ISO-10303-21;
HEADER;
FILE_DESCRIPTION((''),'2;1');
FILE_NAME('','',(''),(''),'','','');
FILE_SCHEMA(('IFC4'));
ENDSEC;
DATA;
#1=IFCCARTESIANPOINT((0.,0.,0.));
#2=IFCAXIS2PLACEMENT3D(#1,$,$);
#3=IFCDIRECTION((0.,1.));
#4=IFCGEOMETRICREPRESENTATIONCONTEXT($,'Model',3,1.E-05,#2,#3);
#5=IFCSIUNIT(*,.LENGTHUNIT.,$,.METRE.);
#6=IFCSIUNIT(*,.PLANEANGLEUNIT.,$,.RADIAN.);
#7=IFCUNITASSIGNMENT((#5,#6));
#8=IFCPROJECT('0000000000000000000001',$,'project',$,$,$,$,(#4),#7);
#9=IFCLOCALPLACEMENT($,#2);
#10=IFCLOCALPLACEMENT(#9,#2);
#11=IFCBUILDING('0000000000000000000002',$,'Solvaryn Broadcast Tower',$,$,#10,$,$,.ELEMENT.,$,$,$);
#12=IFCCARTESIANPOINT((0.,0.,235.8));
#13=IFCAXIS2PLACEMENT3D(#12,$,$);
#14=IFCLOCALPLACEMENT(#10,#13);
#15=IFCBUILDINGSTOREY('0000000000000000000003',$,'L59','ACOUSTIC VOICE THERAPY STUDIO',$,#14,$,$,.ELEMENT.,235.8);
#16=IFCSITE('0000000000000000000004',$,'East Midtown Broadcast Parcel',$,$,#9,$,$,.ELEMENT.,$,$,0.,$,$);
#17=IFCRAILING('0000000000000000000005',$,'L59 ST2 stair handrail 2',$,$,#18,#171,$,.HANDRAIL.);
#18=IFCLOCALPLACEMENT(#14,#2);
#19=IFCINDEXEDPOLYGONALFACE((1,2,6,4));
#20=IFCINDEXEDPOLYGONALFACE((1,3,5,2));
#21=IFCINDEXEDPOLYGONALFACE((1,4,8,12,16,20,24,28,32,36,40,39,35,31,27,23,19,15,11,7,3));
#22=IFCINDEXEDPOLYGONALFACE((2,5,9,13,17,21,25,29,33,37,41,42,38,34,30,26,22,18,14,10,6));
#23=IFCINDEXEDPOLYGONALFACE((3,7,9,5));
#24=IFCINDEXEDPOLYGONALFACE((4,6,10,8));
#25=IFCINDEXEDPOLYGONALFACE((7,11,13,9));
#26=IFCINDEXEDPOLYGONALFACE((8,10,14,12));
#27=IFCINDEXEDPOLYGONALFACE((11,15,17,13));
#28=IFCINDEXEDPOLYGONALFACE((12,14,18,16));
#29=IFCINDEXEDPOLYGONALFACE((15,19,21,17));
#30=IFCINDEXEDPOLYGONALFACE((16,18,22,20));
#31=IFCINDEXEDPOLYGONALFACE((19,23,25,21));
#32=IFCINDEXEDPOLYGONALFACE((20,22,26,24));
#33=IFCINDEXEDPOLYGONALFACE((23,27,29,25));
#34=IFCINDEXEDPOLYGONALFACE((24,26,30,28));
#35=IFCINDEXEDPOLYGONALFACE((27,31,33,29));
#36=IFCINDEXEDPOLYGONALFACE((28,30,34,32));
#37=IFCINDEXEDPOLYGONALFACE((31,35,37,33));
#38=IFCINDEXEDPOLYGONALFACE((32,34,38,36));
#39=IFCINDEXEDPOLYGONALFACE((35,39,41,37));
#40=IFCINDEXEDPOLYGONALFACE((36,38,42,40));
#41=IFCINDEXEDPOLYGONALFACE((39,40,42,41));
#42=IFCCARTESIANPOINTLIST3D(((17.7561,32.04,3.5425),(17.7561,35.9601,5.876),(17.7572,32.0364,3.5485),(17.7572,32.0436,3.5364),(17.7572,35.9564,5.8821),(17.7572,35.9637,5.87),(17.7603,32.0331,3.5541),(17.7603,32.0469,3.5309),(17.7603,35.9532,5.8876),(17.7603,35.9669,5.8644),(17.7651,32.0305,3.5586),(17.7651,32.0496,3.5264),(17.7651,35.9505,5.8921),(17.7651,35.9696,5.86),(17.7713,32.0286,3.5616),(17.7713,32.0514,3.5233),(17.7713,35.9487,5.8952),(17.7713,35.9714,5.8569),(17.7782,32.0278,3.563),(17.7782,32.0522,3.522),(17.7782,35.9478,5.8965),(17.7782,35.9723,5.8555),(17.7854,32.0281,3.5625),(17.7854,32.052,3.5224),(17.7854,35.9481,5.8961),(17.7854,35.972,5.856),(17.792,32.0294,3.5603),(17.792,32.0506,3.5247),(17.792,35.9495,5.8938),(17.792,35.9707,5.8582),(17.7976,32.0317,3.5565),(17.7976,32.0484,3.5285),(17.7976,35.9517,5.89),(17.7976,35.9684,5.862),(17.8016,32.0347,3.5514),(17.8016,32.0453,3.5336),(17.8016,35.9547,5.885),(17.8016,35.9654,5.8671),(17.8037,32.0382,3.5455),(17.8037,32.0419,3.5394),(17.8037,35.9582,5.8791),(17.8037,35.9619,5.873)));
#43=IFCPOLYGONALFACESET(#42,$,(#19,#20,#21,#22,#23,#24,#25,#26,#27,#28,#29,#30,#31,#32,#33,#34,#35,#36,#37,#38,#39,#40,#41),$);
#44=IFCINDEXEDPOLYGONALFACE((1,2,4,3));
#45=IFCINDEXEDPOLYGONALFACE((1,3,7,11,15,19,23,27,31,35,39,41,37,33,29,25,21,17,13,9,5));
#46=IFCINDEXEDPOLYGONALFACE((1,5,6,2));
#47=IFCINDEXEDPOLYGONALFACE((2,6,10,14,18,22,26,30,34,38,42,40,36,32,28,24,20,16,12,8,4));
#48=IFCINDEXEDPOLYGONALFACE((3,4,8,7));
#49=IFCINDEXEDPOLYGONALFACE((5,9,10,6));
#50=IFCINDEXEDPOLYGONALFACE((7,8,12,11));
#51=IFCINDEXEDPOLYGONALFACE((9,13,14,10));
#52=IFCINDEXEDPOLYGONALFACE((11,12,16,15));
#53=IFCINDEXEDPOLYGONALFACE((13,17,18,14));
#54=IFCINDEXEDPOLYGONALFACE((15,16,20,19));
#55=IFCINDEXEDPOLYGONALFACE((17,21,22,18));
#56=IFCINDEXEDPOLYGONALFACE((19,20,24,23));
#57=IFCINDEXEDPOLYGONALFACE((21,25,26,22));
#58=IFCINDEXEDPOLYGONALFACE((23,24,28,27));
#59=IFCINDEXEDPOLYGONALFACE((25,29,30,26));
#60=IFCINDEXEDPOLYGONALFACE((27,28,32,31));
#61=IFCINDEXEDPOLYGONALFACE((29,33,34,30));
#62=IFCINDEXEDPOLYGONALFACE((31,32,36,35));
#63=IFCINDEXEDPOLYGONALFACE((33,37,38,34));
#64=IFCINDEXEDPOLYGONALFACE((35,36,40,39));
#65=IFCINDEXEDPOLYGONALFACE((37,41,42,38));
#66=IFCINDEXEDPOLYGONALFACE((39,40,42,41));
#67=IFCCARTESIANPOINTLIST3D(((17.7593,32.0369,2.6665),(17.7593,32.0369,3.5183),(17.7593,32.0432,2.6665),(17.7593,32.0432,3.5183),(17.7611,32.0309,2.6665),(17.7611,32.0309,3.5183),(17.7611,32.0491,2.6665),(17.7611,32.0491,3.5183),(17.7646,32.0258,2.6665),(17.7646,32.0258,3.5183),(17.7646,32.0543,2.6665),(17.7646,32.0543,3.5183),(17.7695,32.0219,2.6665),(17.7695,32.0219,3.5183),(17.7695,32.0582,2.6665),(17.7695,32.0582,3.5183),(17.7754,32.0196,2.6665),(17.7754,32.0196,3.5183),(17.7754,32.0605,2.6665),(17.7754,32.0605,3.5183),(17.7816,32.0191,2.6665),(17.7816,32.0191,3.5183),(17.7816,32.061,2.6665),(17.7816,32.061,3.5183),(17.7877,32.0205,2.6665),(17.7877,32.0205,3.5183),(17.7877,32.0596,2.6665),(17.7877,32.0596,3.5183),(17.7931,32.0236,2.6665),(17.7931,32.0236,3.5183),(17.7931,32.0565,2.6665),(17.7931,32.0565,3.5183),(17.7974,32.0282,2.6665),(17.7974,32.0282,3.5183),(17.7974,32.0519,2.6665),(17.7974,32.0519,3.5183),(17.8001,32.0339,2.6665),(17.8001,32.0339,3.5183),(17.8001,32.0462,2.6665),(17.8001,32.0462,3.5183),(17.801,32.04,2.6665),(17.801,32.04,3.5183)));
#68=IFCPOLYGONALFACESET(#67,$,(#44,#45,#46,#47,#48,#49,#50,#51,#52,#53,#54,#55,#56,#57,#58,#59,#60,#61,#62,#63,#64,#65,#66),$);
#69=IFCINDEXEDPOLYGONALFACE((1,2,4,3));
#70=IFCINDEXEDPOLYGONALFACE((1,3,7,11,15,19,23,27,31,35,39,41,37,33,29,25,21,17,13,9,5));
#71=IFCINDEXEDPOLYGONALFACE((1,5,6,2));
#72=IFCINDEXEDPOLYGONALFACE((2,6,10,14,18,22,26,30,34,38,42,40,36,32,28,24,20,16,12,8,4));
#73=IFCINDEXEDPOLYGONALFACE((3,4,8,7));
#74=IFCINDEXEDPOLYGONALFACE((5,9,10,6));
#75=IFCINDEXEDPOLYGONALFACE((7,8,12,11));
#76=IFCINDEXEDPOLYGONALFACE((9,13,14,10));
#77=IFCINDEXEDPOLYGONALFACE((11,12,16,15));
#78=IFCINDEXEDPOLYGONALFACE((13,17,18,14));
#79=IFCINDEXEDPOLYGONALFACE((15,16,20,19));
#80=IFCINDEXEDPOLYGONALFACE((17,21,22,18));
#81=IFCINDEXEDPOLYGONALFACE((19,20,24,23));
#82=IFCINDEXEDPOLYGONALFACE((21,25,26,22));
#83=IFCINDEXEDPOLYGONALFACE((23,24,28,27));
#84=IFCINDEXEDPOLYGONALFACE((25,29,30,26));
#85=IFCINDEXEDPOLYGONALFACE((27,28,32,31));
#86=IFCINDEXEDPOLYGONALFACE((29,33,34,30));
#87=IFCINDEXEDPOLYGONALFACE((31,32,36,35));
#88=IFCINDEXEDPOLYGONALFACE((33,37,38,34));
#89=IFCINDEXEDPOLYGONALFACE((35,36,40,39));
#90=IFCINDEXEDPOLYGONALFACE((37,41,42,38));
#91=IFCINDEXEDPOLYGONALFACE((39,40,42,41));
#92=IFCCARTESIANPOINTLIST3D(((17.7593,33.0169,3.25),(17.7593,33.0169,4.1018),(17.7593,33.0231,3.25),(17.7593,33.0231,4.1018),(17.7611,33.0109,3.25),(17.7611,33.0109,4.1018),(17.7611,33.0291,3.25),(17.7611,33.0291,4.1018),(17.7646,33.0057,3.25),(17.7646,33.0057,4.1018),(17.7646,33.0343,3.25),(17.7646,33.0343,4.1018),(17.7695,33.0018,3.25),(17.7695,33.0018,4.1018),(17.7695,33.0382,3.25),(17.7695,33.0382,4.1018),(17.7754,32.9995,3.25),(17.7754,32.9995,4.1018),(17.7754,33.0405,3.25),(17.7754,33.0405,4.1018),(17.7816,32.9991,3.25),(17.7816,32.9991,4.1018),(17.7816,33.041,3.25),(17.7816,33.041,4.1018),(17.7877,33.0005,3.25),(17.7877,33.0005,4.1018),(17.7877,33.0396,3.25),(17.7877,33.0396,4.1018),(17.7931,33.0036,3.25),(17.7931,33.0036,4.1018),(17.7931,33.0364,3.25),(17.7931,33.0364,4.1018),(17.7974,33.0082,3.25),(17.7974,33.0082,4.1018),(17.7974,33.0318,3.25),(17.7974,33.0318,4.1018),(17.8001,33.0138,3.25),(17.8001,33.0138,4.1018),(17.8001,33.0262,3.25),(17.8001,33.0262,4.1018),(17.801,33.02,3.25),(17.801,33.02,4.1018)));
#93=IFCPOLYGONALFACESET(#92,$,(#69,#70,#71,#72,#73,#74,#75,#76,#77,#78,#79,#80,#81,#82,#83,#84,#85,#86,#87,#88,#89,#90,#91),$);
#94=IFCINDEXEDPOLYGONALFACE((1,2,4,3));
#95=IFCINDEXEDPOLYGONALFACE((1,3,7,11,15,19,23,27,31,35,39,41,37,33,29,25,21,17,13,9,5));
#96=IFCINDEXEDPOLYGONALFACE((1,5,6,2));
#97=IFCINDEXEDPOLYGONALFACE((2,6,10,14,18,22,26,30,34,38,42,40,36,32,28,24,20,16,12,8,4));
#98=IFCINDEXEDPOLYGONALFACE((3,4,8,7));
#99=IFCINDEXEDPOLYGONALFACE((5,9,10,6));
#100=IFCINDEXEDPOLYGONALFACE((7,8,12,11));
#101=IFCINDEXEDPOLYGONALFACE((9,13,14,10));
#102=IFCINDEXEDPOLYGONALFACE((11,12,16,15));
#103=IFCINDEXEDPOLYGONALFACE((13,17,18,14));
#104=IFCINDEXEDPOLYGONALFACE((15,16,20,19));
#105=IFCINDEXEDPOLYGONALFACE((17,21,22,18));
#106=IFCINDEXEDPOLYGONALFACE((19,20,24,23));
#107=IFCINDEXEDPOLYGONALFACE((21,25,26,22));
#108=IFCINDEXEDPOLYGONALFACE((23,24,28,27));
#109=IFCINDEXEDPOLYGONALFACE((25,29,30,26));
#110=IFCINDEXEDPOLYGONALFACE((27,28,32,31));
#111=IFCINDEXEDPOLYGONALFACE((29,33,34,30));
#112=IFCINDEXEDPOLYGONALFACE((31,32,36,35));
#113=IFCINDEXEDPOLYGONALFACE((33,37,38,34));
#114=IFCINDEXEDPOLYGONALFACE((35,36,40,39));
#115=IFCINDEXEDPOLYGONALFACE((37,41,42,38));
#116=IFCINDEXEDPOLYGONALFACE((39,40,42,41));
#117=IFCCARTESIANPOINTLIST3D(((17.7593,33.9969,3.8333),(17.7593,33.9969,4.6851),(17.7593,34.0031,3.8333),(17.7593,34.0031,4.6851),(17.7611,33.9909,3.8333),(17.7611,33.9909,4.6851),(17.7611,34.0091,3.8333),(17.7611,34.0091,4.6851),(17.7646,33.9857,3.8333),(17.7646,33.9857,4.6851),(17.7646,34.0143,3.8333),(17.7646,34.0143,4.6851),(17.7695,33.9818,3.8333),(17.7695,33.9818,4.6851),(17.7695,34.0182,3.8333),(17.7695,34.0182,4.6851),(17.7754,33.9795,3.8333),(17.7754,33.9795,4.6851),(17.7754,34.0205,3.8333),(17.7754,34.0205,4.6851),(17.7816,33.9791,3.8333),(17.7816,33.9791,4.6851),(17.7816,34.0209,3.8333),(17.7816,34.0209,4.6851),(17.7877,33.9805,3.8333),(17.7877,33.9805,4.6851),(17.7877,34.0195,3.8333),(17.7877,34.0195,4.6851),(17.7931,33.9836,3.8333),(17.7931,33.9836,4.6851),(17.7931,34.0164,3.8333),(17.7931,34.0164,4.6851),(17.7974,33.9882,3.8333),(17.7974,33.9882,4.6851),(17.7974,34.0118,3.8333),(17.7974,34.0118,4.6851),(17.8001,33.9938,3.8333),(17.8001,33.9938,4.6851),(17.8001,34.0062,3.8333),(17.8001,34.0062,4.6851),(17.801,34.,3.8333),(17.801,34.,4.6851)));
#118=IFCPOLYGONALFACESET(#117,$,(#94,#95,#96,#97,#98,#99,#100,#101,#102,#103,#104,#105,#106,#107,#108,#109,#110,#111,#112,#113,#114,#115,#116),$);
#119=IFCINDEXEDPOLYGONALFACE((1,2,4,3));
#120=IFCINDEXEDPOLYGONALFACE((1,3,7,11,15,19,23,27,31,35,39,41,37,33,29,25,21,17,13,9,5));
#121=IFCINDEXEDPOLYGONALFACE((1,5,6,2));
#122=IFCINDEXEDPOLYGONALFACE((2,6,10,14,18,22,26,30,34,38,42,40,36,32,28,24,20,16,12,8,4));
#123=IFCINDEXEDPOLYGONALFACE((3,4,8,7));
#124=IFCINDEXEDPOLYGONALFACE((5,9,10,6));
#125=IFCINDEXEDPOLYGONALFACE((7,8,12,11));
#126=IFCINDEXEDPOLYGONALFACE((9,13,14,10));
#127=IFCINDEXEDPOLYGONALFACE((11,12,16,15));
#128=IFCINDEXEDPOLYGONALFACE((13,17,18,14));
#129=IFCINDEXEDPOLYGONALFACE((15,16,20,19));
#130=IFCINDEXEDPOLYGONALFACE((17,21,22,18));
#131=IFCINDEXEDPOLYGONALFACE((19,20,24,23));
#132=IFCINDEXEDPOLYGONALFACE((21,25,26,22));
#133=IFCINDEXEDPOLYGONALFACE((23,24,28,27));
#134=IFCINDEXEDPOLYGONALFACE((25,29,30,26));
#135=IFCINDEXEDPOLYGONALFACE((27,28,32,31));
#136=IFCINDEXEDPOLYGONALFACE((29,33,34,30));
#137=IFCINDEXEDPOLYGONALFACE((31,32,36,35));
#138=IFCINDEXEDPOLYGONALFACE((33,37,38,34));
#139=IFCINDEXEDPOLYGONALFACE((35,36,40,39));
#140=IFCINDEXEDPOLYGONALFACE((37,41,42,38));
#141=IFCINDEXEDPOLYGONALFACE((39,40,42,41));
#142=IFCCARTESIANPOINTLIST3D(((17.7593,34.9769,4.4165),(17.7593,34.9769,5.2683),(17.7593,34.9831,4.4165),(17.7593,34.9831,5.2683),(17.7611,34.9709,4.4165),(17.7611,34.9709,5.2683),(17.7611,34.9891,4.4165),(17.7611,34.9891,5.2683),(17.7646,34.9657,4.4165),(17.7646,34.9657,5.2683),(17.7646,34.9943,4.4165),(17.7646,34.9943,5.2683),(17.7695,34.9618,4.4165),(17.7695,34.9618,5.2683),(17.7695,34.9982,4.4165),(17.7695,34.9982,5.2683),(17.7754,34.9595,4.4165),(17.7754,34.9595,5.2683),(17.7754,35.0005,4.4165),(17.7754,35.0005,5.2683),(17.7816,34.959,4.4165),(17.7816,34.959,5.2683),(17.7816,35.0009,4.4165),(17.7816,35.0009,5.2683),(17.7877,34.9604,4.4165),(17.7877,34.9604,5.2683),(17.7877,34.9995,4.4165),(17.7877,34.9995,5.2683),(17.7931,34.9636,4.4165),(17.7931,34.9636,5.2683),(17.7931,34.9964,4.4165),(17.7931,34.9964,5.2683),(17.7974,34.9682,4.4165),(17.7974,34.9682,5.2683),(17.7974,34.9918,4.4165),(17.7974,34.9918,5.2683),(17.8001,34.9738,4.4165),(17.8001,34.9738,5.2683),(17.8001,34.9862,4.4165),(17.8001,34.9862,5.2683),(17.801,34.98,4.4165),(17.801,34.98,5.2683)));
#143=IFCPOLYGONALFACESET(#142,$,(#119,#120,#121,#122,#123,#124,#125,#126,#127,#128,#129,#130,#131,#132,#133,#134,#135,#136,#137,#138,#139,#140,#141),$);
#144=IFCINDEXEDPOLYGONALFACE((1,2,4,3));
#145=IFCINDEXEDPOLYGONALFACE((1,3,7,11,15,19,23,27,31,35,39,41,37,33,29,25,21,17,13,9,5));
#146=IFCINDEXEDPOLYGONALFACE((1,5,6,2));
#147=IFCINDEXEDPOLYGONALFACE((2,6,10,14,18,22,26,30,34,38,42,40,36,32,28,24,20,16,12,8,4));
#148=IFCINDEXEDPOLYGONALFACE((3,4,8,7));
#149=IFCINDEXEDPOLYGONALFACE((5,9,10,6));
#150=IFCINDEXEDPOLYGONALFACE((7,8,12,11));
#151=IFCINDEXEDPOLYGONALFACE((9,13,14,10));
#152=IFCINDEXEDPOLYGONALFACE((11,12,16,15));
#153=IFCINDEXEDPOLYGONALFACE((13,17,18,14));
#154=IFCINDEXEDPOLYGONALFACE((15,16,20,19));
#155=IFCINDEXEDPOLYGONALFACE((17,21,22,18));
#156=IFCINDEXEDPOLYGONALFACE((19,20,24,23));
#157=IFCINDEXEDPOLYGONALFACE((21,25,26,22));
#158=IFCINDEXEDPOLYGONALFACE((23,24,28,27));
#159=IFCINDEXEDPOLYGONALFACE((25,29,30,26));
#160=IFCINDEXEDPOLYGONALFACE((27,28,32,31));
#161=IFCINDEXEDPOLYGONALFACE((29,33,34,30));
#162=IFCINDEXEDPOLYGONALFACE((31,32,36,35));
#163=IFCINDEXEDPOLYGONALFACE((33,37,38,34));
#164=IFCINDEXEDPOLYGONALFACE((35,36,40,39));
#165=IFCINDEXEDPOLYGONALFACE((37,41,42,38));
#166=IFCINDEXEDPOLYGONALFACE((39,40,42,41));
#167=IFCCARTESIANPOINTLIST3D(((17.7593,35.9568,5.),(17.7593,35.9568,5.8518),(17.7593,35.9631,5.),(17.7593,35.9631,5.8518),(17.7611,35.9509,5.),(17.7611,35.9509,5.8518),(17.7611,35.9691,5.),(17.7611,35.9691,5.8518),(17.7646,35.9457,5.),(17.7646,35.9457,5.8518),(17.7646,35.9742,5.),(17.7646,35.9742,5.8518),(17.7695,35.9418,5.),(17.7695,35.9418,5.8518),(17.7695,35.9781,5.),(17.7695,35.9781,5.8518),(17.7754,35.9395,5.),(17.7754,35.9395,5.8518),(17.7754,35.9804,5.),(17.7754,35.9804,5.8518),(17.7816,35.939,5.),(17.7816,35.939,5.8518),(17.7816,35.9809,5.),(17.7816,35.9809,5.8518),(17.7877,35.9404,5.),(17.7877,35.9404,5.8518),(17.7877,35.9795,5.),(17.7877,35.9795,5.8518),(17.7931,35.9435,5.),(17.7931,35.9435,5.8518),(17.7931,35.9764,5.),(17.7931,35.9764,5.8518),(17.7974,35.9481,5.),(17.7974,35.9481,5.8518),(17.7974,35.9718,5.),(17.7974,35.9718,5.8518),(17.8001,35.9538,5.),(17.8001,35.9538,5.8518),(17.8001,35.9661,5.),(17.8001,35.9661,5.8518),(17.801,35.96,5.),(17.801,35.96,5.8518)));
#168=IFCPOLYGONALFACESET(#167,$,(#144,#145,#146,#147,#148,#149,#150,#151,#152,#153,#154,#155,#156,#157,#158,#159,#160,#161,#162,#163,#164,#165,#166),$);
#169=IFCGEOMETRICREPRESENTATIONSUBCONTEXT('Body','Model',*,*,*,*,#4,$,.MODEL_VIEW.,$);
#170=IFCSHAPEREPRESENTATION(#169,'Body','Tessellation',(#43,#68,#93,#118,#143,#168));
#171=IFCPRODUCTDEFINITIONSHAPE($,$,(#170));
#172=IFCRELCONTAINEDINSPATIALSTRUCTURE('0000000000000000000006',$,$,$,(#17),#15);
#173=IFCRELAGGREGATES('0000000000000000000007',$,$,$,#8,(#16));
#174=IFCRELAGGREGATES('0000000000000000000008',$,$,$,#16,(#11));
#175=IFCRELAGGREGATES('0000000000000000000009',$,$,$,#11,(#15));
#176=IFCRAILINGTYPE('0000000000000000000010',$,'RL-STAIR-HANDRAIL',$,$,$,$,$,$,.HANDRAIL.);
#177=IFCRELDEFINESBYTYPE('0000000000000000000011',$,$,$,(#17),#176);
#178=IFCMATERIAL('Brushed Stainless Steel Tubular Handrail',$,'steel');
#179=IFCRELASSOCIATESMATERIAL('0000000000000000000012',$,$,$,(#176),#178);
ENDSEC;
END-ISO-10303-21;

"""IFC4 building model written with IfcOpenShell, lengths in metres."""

from ifc_helpers import new_model, si_unit, direction, frame, origin, origin_2d, place, context, subcontext, project, spatial, circle, extrude, material, type_object, element, save


model = new_model("IFC4")

# Units and contexts
model_context = context("Model", 3, precision=1e-05, world=origin(), true_north=direction((0.0, 1.0)))
body_context = subcontext(model_context, "Body", "Model", "MODEL_VIEW")
ifc_project = project(units=[si_unit("LENGTHUNIT", "METRE"), si_unit("PLANEANGLEUNIT", "RADIAN")], contexts=[model_context])

# Site, building, storey
site_placement = place(None, origin())
site = spatial("IfcSite", under=ifc_project, at=site_placement, Name="East Midtown Broadcast Parcel", CompositionType="ELEMENT", RefElevation=0.0)
building_placement = place(site_placement, origin())
building = spatial("IfcBuilding", under=site, at=building_placement, Name="Solvaryn Broadcast Tower", CompositionType="ELEMENT")
storey_placement = place(building_placement, frame((0.0, 0.0, 235.8)))
storey = spatial("IfcBuildingStorey", under=building, at=storey_placement, Name="L59", Description="ACOUSTIC VOICE THERAPY STUDIO", CompositionType="ELEMENT", Elevation=235.8)

# Railing
ifc_material_1 = material(Name="Brushed Stainless Steel Tubular Handrail", Category="steel")
railing_type_1 = type_object("IfcRailingType", Name="RL-STAIR-HANDRAIL", PredefinedType="HANDRAIL", material=ifc_material_1)
railing_1_placement = place(storey_placement, frame((17.78, 32.04, 2.6665)))
element("IfcRailing", 1, at=railing_1_placement, inside=storey, type_object=railing_type_1, Name="L59 ST2 stair handrail 2", PredefinedType="HANDRAIL", context=body_context, shape_type="SweptSolid", body=[
    extrude(circle(Radius=0.0239, at=origin_2d()), frame((0.0, 0.0, 0.876), z_axis=(0.0, 0.859273, 0.511518), x_axis=(-1.0, 0.0, 0.0)), (0.0, 0.0, 1.0), 4.562),
    extrude(circle(Radius=0.021, at=origin_2d()), origin(), (0.0, 0.0, 1.0), 0.8518),
    extrude(circle(Radius=0.021, at=origin_2d()), frame((0.0, 0.98, 0.5835)), (0.0, 0.0, 1.0), 0.8518),
    extrude(circle(Radius=0.021, at=origin_2d()), frame((0.0, 1.96, 1.1667)), (0.0, 0.0, 1.0), 0.8518),
    extrude(circle(Radius=0.021, at=origin_2d()), frame((0.0, 2.9399, 1.75)), (0.0, 0.0, 1.0), 0.8518),
    extrude(circle(Radius=0.021, at=origin_2d()), frame((0.0, 3.9199, 2.3335)), (0.0, 0.0, 1.0), 0.8518),
])

save(model, "model.ifc")
